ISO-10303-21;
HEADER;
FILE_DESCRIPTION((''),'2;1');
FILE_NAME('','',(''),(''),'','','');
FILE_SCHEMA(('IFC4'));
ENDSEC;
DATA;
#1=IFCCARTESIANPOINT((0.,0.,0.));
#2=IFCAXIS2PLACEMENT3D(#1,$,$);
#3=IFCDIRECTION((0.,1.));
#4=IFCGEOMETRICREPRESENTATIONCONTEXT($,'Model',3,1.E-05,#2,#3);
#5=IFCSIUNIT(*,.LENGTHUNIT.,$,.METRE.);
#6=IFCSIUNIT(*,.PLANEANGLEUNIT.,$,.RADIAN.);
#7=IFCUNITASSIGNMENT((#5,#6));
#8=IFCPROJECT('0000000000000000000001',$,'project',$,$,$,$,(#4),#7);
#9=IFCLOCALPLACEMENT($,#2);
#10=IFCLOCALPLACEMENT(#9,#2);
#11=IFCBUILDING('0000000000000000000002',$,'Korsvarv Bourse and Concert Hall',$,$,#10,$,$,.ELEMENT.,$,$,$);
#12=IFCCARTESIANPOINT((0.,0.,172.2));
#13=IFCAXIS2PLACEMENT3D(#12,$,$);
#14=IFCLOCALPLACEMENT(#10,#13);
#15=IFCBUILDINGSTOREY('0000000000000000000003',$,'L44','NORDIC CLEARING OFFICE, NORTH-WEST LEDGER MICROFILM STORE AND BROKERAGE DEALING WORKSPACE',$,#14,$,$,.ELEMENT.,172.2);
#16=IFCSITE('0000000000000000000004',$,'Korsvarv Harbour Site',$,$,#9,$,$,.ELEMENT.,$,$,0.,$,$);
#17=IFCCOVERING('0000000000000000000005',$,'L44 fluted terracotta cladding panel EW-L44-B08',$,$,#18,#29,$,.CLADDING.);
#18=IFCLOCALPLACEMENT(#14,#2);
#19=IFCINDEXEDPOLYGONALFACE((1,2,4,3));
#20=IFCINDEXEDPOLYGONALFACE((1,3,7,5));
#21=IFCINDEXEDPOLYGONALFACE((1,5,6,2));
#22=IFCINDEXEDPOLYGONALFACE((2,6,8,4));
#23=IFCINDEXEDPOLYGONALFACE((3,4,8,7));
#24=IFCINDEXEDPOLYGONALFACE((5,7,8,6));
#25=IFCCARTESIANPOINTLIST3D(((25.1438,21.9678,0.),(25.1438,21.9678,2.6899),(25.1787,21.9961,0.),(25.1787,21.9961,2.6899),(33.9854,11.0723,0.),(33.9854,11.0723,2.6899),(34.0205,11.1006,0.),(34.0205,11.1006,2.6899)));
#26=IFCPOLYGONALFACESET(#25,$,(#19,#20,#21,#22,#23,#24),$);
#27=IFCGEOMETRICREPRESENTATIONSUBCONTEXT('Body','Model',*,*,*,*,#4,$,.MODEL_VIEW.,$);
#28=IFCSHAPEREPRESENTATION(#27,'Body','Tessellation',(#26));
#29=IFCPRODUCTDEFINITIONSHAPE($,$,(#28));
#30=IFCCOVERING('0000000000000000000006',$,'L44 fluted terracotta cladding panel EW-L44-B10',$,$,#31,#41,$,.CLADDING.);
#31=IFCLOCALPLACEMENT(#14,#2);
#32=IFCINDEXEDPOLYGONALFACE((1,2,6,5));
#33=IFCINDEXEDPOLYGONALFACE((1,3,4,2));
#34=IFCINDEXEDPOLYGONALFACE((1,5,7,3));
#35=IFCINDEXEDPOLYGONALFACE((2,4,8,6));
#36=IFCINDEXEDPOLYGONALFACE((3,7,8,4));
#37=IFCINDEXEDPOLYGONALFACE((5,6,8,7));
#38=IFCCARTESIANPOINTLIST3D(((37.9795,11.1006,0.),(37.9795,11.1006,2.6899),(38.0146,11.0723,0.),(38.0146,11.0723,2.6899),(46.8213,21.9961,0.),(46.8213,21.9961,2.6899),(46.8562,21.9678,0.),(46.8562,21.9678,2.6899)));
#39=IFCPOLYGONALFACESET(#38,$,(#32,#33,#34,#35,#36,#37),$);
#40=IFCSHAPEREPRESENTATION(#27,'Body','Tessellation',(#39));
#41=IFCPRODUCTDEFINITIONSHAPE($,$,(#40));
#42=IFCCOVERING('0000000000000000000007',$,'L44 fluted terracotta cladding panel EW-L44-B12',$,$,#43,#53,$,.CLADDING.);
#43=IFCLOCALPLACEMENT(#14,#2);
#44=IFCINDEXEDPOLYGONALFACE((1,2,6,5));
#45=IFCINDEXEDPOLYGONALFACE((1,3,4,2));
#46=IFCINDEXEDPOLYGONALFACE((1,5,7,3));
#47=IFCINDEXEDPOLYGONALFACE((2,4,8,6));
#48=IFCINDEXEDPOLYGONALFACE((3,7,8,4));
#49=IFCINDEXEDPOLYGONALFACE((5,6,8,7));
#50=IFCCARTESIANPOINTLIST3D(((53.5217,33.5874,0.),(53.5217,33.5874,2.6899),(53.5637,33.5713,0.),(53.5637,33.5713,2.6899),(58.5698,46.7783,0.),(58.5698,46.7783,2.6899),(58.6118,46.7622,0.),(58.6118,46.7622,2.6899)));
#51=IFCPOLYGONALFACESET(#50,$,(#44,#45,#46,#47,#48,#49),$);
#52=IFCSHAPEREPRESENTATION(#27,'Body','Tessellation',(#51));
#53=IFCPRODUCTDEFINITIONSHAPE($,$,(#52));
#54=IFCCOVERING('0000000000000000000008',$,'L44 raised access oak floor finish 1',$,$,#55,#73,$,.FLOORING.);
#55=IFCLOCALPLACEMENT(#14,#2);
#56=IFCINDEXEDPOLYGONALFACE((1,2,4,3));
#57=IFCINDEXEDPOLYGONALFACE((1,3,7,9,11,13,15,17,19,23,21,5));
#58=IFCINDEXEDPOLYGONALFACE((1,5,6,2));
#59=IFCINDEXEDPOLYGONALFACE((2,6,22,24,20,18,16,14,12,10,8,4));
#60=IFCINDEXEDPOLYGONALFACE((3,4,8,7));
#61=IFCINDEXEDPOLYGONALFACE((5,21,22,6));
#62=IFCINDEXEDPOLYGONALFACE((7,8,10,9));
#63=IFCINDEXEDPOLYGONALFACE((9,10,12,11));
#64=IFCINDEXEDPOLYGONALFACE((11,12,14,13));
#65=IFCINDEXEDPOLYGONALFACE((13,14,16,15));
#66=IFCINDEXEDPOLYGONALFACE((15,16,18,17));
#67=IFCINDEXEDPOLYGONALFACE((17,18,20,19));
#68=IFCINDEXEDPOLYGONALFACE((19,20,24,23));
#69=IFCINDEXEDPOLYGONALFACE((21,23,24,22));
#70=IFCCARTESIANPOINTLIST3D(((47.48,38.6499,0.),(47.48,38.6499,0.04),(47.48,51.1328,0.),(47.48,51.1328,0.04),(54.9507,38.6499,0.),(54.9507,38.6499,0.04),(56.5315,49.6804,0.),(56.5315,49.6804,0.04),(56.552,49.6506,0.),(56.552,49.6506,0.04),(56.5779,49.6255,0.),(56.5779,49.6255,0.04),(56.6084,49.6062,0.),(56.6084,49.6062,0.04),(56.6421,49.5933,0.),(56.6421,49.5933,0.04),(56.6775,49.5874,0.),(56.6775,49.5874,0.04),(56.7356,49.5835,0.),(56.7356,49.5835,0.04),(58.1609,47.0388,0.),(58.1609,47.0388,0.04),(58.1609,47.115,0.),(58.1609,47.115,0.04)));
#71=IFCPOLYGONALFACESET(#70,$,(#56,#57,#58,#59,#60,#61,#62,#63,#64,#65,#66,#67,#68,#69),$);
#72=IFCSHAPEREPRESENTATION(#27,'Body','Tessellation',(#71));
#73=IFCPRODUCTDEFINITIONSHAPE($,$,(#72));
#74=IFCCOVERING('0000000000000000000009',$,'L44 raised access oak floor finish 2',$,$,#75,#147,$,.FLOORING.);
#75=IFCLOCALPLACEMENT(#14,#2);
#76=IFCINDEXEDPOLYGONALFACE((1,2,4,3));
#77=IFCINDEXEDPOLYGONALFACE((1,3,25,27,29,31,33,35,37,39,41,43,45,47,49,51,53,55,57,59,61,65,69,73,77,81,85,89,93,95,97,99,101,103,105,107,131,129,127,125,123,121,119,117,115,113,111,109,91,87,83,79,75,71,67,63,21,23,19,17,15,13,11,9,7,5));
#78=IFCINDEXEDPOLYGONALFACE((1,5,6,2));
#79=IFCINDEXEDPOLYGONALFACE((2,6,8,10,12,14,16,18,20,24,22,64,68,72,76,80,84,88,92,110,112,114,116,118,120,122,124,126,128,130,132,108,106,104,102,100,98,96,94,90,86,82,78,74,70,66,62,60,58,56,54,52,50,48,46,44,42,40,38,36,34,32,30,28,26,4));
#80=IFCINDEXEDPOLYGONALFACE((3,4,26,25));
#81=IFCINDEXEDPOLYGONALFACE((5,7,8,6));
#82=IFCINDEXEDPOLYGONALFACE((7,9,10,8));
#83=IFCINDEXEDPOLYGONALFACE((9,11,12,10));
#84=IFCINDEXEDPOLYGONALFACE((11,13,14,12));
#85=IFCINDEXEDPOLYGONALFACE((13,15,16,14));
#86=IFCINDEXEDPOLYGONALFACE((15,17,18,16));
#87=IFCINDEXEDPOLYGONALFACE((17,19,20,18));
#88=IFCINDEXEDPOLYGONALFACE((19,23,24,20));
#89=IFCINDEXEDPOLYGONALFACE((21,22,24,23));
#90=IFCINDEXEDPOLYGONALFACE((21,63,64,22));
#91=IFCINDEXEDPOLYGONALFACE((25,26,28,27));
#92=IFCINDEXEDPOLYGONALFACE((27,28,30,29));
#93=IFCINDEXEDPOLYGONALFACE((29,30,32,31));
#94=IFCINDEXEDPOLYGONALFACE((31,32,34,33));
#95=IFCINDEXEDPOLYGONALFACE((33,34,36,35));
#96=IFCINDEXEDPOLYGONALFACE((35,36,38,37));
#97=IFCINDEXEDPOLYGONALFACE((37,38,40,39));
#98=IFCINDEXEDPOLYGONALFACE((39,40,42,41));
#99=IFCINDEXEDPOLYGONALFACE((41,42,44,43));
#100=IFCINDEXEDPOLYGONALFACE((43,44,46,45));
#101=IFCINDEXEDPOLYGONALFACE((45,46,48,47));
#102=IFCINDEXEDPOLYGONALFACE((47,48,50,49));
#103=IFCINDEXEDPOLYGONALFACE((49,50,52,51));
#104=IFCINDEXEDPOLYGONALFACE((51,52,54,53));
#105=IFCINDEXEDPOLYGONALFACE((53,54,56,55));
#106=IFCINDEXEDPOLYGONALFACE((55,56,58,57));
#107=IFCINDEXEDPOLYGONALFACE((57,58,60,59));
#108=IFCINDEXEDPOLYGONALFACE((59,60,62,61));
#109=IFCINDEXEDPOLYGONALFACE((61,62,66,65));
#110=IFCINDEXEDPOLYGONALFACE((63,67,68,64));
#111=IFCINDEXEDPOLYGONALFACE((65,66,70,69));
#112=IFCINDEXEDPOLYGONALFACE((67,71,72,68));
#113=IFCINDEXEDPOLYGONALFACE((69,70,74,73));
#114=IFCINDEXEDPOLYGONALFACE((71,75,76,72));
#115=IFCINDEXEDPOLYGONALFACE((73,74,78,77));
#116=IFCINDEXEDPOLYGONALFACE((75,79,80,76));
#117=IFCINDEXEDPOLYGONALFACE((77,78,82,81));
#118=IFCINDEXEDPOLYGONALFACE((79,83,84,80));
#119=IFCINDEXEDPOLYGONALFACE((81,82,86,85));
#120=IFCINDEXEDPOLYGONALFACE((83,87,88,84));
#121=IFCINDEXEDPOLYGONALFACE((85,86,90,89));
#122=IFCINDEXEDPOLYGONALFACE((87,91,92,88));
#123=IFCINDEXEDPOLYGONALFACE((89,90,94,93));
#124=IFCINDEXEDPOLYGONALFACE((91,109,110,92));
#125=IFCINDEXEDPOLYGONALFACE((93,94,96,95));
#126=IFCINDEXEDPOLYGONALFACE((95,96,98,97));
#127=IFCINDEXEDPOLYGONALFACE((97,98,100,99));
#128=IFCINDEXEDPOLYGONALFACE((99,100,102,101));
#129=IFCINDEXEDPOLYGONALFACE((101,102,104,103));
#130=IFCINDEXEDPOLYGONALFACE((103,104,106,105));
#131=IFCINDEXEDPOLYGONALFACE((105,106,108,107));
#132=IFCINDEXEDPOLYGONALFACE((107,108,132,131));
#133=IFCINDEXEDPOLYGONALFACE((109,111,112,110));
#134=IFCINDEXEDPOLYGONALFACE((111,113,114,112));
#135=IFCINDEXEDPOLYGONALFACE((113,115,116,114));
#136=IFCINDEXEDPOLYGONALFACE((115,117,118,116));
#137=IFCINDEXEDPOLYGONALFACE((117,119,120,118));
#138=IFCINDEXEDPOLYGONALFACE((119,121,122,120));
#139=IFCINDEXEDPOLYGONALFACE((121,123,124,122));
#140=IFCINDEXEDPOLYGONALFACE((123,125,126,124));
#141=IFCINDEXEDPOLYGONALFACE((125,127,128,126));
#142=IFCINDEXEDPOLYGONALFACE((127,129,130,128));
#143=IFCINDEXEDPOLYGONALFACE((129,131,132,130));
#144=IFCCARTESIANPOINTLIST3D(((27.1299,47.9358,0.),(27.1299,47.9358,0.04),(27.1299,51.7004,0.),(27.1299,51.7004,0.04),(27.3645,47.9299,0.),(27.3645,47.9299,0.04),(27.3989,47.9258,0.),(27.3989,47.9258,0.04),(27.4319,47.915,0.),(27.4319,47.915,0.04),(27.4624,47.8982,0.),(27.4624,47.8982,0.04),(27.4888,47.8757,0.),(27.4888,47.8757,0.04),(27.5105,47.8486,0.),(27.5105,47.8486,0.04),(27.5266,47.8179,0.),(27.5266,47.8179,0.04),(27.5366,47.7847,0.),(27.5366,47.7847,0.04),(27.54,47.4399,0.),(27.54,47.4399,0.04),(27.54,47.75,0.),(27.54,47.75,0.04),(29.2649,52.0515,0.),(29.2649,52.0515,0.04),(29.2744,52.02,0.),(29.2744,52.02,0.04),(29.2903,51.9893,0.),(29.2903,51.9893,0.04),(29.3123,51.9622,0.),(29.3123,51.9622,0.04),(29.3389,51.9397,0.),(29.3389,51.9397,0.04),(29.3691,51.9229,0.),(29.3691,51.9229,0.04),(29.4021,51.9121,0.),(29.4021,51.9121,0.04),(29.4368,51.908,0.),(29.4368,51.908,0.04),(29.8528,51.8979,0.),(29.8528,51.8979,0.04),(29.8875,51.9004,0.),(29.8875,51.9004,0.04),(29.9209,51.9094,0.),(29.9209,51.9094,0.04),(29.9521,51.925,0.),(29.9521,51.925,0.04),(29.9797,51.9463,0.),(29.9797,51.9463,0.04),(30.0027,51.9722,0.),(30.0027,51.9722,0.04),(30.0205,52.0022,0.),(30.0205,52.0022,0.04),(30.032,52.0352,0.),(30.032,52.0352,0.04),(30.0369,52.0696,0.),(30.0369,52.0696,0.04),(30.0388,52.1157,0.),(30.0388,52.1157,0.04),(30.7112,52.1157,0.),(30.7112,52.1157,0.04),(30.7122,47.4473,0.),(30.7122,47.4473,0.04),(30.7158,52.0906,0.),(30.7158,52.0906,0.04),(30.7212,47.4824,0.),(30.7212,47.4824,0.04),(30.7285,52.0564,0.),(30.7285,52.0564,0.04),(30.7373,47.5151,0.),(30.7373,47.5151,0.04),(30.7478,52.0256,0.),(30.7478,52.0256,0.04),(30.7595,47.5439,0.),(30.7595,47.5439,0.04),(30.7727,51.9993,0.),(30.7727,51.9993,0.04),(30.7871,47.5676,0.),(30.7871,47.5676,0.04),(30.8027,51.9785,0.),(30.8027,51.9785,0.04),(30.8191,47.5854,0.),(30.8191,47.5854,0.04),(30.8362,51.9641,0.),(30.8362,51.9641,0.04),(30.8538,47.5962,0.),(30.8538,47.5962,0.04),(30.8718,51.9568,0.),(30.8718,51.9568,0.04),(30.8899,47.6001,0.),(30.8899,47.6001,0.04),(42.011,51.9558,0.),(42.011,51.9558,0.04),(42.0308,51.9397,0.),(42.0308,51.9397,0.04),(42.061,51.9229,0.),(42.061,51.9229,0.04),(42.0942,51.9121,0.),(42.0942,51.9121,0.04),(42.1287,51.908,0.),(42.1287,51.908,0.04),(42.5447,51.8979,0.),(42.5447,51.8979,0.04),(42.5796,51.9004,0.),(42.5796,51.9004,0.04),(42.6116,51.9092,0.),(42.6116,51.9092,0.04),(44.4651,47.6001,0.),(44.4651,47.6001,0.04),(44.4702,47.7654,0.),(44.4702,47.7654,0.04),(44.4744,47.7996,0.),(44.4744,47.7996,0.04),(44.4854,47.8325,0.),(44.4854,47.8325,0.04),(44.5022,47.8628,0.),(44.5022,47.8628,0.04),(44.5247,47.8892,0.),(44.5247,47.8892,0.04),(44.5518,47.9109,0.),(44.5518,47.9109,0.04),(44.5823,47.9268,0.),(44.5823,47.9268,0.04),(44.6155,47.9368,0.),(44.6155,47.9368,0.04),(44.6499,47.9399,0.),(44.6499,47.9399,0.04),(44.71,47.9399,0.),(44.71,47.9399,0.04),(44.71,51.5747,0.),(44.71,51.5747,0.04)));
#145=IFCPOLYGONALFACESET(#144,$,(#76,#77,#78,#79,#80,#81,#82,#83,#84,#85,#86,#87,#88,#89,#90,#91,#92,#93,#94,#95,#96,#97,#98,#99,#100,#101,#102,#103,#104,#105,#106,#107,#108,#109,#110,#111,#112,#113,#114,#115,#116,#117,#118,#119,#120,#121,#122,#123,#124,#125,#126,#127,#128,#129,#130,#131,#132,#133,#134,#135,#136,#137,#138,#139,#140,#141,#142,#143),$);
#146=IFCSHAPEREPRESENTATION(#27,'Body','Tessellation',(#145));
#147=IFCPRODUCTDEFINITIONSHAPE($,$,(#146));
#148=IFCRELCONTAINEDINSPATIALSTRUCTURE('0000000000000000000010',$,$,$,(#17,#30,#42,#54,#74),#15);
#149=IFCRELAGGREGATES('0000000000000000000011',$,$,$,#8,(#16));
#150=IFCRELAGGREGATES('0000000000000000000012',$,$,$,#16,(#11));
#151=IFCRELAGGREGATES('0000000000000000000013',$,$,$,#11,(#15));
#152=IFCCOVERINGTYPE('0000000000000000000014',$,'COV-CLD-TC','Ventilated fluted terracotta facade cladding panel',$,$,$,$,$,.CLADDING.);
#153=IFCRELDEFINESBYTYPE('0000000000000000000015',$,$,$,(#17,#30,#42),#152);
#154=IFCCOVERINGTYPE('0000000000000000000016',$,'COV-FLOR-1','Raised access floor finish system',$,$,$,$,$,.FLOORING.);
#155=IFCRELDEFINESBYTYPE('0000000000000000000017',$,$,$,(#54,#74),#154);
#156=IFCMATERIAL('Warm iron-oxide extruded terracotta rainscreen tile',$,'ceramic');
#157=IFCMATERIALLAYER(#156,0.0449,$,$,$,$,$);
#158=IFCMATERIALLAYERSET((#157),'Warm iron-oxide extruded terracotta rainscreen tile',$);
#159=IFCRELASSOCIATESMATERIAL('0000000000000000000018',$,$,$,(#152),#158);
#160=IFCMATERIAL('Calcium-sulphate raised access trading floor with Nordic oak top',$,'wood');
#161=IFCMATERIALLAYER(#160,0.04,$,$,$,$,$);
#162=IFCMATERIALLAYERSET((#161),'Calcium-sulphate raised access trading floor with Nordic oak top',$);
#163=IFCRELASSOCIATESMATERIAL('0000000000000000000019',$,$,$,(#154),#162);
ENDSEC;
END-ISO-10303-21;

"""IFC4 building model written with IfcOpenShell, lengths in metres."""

from ifc_helpers import new_model, si_unit, direction, frame, origin, place, context, subcontext, project, spatial, polyline, outline, extrude, material, layer, layer_set, type_object, element, save


model = new_model("IFC4")

# Units and contexts
model_context = context("Model", 3, precision=1e-05, world=origin(), true_north=direction((0.0, 1.0)))
body_context = subcontext(model_context, "Body", "Model", "MODEL_VIEW")
ifc_project = project(units=[si_unit("LENGTHUNIT", "METRE"), si_unit("PLANEANGLEUNIT", "RADIAN")], contexts=[model_context])

# Site, building, storey
site_placement = place(None, origin())
site = spatial("IfcSite", under=ifc_project, at=site_placement, Name="Korsvarv Harbour Site", CompositionType="ELEMENT", RefElevation=0.0)
building_placement = place(site_placement, origin())
building = spatial("IfcBuilding", under=site, at=building_placement, Name="Korsvarv Bourse and Concert Hall", CompositionType="ELEMENT")
storey_placement = place(building_placement, frame((0.0, 0.0, 172.2)))
storey = spatial("IfcBuildingStorey", under=building, at=storey_placement, Name="L44", Description="NORDIC CLEARING OFFICE, NORTH-WEST LEDGER MICROFILM STORE AND BROKERAGE DEALING WORKSPACE", CompositionType="ELEMENT", Elevation=172.2)

# Coverings
ifc_material_1 = material(Name="Warm iron-oxide extruded terracotta rainscreen tile", Category="ceramic")
ifc_layer_1 = layer(ifc_material_1, 0.0449)
ifc_layer_set_1 = layer_set([ifc_layer_1], Name="Warm iron-oxide extruded terracotta rainscreen tile")
covering_type_1 = type_object("IfcCoveringType", Name="COV-CLD-TC", Description="Ventilated fluted terracotta facade cladding panel", PredefinedType="CLADDING", material=ifc_layer_set_1)
covering_1_placement = place(storey_placement, origin())
element("IfcCovering", 1, at=covering_1_placement, inside=storey, type_object=covering_type_1, Name="L44 fluted terracotta cladding panel EW-L44-B08", PredefinedType="CLADDING", context=body_context, shape_type="SweptSolid", body=[
    extrude(outline(polyline([(25.1787, 21.9961), (34.0205, 11.1006), (33.9854, 11.0723), (25.1438, 21.9678), (25.1787, 21.9961)])), origin(), (0.0, 0.0, 1.0), 2.6899),
])
covering_2_placement = place(storey_placement, origin())
element("IfcCovering", 2, at=covering_2_placement, inside=storey, type_object=covering_type_1, Name="L44 fluted terracotta cladding panel EW-L44-B10", PredefinedType="CLADDING", context=body_context, shape_type="SweptSolid", body=[
    extrude(outline(polyline([(37.9795, 11.1006), (46.8213, 21.9961), (46.8562, 21.9678), (38.0146, 11.0723), (37.9795, 11.1006)])), origin(), (0.0, 0.0, 1.0), 2.6899),
])
covering_3_placement = place(storey_placement, origin())
element("IfcCovering", 3, at=covering_3_placement, inside=storey, type_object=covering_type_1, Name="L44 fluted terracotta cladding panel EW-L44-B12", PredefinedType="CLADDING", context=body_context, shape_type="SweptSolid", body=[
    extrude(outline(polyline([(53.5217, 33.5874), (58.5698, 46.7783), (58.6118, 46.7622), (53.5637, 33.5713), (53.5217, 33.5874)])), origin(), (0.0, 0.0, 1.0), 2.6899),
])
ifc_material_2 = material(Name="Calcium-sulphate raised access trading floor with Nordic oak top", Category="wood")
ifc_layer_2 = layer(ifc_material_2, 0.04)
ifc_layer_set_2 = layer_set([ifc_layer_2], Name="Calcium-sulphate raised access trading floor with Nordic oak top")
covering_type_2 = type_object("IfcCoveringType", Name="COV-FLOR-1", Description="Raised access floor finish system", PredefinedType="FLOORING", material=ifc_layer_set_2)
covering_4_placement = place(storey_placement, origin())
element("IfcCovering", 4, at=covering_4_placement, inside=storey, type_object=covering_type_2, Name="L44 raised access oak floor finish 1", PredefinedType="FLOORING", context=body_context, shape_type="SweptSolid", body=[
    extrude(outline(polyline([(56.5315, 49.6804), (56.552, 49.6506), (56.5779, 49.6255), (56.6084, 49.6062), (56.6421, 49.5933), (56.6775, 49.5874), (56.7356, 49.5835), (58.1609, 47.115), (58.1609, 47.0388), (54.9507, 38.6499), (47.48, 38.6499), (47.48, 51.1328), (56.5315, 49.6804)])), origin(), (0.0, 0.0, 1.0), 0.04),
])
covering_5_placement = place(storey_placement, origin())
element("IfcCovering", 5, at=covering_5_placement, inside=storey, type_object=covering_type_2, Name="L44 raised access oak floor finish 2", PredefinedType="FLOORING", context=body_context, shape_type="SweptSolid", body=[
    extrude(outline(polyline([(29.2649, 52.0515), (29.2744, 52.02), (29.2903, 51.9893), (29.3123, 51.9622), (29.3389, 51.9397), (29.3691, 51.9229), (29.4021, 51.9121), (29.4368, 51.908), (29.8528, 51.8979), (29.8875, 51.9004), (29.9209, 51.9094), (29.9521, 51.925), (29.9797, 51.9463), (30.0027, 51.9722), (30.0205, 52.0022), (30.032, 52.0352), (30.0369, 52.0696), (30.0388, 52.1157), (30.7112, 52.1157), (30.7158, 52.0906), (30.7285, 52.0564), (30.7478, 52.0256), (30.7727, 51.9993), (30.8027, 51.9785), (30.8362, 51.9641), (30.8718, 51.9568), (42.011, 51.9558), (42.0308, 51.9397), (42.061, 51.9229), (42.0942, 51.9121), (42.1287, 51.908), (42.5447, 51.8979), (42.5796, 51.9004), (42.6116, 51.9092), (44.71, 51.5747), (44.71, 47.9399), (44.6499, 47.9399), (44.6155, 47.9368), (44.5823, 47.9268), (44.5518, 47.9109), (44.5247, 47.8892), (44.5022, 47.8628), (44.4854, 47.8325), (44.4744, 47.7996), (44.4702, 47.7654), (44.4651, 47.6001), (30.8899, 47.6001), (30.8538, 47.5962), (30.8191, 47.5854), (30.7871, 47.5676), (30.7595, 47.5439), (30.7373, 47.5151), (30.7212, 47.4824), (30.7122, 47.4473), (27.54, 47.4399), (27.54, 47.75), (27.5366, 47.7847), (27.5266, 47.8179), (27.5105, 47.8486), (27.4888, 47.8757), (27.4624, 47.8982), (27.4319, 47.915), (27.3989, 47.9258), (27.3645, 47.9299), (27.1299, 47.9358), (27.1299, 51.7004), (29.2649, 52.0515)])), origin(), (0.0, 0.0, 1.0), 0.04),
])

save(model, "model.ifc")
